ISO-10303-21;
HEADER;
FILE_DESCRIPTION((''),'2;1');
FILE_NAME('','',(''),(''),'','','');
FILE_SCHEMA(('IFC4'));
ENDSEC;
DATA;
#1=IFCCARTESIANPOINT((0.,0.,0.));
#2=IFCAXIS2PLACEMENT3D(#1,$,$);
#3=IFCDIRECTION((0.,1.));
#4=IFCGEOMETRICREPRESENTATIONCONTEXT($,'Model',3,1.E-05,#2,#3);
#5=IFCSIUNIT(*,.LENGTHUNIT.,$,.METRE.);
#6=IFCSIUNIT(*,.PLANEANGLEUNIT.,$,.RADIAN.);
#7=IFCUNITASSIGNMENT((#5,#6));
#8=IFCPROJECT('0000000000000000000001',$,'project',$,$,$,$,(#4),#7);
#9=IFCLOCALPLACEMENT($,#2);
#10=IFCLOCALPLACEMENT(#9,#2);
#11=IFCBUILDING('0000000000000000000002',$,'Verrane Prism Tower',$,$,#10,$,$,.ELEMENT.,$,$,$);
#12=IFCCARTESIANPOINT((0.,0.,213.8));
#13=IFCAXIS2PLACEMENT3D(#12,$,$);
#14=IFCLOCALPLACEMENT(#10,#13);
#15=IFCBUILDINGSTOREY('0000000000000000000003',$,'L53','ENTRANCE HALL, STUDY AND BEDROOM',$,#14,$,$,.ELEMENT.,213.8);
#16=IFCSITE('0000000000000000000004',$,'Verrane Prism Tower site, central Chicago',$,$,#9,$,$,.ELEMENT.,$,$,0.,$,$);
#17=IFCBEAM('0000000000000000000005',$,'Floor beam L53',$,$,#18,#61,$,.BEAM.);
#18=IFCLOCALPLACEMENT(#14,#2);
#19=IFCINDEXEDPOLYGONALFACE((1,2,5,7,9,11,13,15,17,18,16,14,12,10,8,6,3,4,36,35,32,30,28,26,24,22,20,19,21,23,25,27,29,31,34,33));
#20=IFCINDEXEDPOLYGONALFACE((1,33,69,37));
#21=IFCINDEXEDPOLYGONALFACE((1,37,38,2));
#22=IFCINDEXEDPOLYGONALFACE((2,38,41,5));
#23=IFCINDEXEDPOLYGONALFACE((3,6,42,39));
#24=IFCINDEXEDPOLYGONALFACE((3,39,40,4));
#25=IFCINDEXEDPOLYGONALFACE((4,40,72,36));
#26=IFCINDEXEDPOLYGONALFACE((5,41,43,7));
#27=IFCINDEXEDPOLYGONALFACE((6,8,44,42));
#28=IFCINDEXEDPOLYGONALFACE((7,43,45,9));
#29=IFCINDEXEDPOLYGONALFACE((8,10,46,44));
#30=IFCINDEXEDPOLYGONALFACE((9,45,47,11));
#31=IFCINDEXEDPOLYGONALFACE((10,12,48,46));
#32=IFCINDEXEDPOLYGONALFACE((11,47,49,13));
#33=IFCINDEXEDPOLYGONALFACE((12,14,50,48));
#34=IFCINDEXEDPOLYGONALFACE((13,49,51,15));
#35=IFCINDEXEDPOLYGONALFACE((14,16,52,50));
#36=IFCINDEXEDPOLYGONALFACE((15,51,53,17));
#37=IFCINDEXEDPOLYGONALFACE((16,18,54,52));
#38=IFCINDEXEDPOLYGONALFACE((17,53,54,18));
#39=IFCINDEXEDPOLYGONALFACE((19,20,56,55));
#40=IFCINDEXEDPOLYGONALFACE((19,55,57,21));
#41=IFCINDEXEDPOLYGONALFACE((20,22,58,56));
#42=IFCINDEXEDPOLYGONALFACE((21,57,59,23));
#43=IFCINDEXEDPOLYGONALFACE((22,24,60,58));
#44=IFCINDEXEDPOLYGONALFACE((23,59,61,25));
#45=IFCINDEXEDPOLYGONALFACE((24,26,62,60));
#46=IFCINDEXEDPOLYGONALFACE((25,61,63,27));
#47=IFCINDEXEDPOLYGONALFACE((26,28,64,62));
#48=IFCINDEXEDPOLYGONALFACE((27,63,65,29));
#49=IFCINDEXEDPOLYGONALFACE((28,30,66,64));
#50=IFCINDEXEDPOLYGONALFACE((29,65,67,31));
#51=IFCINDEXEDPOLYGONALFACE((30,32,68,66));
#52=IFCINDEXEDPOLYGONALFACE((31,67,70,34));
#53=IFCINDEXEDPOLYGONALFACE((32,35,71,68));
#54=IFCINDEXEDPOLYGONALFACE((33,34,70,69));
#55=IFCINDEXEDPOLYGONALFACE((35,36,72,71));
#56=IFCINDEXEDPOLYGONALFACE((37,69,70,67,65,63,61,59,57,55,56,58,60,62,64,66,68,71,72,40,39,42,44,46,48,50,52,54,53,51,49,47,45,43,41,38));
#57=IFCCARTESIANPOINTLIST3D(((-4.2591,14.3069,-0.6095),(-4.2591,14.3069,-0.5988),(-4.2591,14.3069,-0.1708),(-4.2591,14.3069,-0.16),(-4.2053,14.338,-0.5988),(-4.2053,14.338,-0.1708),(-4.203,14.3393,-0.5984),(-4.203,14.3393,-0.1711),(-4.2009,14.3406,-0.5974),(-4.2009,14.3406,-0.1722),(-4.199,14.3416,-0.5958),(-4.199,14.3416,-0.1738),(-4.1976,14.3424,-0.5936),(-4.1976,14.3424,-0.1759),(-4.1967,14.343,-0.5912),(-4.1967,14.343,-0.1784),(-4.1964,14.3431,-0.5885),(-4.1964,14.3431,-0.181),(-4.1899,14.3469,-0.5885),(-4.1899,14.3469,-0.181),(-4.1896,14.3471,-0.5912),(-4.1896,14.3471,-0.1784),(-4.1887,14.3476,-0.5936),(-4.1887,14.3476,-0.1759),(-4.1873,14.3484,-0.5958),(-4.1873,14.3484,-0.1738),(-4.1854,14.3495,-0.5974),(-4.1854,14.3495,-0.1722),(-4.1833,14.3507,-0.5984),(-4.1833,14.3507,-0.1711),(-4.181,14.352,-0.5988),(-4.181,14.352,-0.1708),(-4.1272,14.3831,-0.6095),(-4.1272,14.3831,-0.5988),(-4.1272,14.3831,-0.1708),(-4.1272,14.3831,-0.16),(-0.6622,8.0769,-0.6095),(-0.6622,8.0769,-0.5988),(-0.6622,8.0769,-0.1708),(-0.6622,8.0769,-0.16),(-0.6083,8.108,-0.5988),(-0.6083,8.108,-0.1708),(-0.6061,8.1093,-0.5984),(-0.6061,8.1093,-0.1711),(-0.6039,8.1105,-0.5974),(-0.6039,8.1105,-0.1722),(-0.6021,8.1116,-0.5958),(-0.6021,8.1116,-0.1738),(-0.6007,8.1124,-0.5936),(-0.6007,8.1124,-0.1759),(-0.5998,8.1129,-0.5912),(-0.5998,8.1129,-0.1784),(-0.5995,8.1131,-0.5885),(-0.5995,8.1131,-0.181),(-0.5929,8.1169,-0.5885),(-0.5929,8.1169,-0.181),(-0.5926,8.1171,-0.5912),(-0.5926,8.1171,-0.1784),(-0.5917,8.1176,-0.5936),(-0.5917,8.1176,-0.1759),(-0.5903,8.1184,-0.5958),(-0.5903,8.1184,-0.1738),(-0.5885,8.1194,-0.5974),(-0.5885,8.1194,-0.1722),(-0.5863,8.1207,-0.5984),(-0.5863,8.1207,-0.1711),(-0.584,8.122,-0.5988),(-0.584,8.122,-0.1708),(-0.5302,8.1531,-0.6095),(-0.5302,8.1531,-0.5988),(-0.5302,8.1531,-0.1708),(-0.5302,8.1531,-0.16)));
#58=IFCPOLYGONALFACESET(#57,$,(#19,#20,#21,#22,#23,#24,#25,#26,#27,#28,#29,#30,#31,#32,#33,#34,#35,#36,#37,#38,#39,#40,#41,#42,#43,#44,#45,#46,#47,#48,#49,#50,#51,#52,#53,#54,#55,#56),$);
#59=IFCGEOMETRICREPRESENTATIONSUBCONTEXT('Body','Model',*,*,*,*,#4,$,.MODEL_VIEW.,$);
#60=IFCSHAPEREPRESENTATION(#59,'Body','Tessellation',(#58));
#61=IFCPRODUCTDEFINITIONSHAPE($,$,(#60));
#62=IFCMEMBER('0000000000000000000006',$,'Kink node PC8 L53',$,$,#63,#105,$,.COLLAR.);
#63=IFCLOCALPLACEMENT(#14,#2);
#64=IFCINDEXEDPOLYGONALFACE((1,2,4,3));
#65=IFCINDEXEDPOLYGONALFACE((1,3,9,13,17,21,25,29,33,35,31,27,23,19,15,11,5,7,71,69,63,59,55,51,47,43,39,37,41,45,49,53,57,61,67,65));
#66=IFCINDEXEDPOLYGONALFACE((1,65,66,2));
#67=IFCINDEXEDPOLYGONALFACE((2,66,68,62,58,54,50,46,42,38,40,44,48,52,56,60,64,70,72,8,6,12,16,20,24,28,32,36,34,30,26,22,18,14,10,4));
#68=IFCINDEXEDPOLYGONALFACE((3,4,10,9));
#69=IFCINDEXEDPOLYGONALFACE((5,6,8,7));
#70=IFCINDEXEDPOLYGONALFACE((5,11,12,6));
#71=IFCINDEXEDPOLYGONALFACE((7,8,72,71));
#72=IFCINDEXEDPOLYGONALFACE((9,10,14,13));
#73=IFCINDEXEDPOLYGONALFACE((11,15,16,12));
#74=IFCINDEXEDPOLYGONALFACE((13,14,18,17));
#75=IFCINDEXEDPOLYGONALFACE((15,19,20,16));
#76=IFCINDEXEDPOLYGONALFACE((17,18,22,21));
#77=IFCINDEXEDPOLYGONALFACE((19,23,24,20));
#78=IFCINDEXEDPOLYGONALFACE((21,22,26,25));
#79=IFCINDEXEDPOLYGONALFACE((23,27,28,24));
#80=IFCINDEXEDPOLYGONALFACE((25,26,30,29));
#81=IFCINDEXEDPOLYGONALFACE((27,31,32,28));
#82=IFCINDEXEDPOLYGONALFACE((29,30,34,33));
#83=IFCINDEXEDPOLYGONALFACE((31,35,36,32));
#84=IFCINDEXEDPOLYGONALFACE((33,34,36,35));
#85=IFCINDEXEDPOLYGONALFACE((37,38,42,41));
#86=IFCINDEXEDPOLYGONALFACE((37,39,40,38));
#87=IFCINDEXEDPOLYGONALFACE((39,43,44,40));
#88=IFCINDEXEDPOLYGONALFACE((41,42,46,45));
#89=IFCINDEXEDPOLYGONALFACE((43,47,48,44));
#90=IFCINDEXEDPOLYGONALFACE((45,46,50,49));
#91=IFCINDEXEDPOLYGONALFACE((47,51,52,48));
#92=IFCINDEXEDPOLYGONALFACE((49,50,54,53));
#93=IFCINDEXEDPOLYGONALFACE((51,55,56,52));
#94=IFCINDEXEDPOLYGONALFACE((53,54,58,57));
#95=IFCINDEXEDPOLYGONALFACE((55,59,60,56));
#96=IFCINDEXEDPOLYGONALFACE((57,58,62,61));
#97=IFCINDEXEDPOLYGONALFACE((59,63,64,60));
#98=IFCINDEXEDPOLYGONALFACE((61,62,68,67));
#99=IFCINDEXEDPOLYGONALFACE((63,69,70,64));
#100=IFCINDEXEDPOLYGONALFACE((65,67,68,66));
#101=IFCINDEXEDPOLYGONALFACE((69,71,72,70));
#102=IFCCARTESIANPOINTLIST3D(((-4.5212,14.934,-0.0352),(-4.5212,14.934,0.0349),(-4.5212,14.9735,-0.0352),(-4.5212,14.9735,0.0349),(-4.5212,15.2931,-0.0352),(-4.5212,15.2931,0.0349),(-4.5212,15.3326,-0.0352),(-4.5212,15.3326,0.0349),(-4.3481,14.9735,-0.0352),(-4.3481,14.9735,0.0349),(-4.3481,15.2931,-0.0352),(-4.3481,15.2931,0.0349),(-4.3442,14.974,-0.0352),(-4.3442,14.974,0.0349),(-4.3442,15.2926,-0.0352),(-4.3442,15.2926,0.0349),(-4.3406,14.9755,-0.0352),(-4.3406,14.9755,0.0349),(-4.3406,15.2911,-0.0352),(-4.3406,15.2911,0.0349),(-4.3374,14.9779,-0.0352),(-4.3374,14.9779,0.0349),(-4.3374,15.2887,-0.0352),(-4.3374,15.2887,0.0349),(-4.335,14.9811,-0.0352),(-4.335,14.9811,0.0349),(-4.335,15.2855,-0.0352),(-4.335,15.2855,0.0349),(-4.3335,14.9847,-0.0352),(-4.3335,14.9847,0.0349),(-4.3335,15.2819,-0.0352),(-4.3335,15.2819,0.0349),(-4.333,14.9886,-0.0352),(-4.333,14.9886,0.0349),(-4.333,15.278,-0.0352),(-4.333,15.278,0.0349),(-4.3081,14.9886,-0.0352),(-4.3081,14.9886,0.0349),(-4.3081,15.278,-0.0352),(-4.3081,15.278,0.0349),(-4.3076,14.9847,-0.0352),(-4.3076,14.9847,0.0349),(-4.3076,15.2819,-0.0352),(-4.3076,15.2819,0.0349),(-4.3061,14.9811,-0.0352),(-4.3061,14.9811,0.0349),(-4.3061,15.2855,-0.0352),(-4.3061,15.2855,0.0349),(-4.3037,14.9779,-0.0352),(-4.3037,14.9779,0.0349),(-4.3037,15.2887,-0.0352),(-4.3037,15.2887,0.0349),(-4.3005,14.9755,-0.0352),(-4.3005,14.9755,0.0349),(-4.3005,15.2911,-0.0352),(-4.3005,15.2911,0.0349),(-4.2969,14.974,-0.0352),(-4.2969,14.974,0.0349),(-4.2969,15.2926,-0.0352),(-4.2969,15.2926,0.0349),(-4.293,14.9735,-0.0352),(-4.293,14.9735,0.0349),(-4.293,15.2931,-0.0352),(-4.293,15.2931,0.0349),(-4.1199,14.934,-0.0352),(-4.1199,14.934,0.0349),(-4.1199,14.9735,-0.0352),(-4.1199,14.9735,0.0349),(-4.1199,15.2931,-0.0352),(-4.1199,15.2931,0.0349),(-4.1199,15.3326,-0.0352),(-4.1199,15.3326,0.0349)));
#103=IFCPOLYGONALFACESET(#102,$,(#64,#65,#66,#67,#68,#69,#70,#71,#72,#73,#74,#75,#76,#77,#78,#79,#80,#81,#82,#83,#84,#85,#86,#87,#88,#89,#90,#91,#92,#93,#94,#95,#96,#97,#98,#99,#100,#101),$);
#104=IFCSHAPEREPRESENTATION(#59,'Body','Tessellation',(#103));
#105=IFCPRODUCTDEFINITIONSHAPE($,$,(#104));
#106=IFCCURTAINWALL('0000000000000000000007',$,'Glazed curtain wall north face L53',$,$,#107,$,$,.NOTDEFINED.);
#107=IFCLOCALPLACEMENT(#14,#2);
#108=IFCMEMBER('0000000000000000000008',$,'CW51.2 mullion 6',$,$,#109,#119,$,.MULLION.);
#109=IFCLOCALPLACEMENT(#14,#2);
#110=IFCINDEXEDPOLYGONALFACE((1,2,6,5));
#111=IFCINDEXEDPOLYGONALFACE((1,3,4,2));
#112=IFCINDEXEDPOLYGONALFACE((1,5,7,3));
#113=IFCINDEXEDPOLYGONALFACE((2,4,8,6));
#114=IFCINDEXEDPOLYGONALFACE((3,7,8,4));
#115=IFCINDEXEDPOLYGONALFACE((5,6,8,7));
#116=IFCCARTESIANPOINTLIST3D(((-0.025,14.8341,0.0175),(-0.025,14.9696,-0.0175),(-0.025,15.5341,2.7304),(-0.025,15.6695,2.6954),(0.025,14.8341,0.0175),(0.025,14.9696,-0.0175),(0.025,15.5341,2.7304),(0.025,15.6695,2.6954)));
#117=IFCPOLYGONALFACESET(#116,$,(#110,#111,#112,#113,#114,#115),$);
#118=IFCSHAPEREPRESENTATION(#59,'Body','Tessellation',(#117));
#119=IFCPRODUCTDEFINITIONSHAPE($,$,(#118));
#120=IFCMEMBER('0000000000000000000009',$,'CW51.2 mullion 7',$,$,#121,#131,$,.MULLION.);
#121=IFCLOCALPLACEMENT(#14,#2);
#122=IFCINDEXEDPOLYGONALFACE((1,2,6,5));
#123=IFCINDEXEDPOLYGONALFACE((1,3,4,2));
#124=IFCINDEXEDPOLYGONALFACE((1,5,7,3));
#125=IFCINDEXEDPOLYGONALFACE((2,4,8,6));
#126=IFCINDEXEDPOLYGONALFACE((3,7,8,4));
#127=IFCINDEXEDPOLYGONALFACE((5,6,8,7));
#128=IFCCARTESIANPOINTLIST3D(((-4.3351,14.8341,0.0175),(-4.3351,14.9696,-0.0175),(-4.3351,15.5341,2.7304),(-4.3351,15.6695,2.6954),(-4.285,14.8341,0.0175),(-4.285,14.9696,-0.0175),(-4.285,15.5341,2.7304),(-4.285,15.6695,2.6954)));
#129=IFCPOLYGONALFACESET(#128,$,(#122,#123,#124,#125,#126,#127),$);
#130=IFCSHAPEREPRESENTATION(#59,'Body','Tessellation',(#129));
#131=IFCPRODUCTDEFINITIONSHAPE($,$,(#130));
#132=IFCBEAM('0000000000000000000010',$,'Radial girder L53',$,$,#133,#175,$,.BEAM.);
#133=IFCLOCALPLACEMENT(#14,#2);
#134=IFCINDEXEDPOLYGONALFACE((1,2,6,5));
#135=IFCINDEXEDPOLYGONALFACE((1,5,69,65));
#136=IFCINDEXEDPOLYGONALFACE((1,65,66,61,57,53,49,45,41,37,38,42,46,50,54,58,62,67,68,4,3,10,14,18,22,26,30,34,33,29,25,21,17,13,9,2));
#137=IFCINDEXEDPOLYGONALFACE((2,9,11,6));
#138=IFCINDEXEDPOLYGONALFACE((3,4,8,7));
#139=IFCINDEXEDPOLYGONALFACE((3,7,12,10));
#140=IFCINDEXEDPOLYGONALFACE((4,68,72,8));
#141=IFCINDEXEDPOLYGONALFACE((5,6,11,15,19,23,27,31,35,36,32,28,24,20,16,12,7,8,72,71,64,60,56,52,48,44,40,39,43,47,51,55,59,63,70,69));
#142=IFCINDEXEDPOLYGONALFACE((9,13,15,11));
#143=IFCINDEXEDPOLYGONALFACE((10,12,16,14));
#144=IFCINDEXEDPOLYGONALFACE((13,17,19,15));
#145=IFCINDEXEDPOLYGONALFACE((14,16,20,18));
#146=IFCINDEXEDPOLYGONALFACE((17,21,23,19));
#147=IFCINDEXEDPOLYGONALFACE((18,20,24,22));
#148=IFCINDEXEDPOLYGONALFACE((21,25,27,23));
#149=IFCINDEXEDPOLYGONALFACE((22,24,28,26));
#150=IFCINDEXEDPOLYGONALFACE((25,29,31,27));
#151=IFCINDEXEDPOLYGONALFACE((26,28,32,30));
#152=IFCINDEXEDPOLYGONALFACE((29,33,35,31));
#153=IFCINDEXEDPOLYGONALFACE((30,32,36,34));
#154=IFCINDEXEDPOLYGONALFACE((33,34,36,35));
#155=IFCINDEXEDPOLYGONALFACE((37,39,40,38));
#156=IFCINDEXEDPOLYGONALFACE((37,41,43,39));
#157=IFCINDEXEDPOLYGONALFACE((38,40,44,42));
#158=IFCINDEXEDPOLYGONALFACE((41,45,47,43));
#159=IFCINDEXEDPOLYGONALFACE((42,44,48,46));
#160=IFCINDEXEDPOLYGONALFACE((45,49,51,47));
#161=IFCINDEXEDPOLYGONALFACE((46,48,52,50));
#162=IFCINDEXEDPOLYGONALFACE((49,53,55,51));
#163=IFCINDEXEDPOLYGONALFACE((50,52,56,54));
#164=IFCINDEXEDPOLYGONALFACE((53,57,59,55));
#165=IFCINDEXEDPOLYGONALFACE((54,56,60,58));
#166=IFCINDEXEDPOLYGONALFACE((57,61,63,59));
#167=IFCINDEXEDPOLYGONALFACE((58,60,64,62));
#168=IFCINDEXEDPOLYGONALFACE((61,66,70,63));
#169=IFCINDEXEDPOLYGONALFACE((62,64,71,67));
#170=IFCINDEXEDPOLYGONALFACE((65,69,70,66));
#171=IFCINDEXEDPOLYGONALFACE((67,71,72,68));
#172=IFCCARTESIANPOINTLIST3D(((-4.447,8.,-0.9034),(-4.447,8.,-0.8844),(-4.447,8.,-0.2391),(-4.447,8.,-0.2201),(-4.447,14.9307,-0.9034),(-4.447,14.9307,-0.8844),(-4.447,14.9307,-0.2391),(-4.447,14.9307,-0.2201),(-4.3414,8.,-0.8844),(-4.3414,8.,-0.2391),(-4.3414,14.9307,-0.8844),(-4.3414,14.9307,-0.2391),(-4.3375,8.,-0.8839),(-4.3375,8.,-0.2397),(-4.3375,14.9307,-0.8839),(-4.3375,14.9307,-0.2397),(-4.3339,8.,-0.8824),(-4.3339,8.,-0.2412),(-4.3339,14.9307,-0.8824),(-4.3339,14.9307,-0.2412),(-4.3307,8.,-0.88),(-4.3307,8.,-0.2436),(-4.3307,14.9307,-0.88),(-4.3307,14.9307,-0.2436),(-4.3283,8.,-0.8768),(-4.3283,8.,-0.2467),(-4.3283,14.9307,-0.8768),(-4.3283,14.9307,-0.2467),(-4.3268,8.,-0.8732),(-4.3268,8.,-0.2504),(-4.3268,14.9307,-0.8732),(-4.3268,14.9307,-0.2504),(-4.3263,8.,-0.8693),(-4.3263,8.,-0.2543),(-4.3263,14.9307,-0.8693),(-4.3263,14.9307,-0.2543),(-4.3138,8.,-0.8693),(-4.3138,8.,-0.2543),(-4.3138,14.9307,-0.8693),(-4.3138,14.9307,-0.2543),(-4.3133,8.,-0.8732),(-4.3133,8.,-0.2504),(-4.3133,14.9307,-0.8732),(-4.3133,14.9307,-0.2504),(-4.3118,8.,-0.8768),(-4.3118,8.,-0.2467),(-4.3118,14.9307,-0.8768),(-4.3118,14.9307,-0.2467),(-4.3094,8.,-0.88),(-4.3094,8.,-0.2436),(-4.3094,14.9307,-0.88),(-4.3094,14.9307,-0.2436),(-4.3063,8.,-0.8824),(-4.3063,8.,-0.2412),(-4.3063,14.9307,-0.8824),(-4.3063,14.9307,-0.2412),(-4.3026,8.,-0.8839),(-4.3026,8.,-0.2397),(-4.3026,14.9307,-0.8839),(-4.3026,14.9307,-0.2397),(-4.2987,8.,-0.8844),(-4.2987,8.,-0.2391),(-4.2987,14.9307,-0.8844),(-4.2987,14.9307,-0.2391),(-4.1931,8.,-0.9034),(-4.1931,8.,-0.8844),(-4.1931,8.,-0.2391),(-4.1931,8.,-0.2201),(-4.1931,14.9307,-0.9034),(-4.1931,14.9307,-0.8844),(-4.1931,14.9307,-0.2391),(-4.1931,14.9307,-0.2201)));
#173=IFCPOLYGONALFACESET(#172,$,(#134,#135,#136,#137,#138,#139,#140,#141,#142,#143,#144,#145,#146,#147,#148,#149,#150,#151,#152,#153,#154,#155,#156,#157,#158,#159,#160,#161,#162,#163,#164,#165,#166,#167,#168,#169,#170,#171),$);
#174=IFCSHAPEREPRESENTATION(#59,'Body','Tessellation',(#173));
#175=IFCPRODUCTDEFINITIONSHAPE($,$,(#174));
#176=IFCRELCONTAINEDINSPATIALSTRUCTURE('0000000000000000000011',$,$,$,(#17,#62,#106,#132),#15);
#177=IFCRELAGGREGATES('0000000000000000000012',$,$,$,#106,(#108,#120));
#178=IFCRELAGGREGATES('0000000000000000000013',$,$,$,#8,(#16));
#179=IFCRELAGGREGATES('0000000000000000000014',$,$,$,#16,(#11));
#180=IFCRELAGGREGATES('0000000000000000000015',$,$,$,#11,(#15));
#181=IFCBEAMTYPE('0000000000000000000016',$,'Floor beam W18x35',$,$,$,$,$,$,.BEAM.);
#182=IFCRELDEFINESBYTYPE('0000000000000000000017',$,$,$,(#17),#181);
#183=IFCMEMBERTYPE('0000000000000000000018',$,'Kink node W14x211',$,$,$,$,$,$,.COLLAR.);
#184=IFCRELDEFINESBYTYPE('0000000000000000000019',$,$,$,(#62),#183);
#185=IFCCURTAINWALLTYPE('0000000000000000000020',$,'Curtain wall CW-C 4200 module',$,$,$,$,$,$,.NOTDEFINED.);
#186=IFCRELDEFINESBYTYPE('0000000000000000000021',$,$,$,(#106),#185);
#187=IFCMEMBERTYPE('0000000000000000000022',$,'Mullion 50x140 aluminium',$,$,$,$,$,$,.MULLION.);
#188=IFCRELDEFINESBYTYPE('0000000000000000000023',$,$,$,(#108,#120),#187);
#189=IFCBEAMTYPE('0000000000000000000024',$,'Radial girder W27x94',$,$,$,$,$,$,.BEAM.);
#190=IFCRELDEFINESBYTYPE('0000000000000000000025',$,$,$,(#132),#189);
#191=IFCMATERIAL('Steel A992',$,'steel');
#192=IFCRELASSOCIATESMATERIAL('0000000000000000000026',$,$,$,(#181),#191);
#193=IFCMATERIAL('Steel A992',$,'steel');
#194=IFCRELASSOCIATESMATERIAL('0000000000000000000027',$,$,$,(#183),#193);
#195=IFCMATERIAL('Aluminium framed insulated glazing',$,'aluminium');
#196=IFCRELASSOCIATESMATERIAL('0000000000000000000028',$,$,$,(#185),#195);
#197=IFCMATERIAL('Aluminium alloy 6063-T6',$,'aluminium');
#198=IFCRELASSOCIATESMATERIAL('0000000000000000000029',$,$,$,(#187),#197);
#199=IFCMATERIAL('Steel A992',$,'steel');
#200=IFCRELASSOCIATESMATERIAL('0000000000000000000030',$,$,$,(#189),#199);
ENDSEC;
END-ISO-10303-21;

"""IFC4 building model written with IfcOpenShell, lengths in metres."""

from ifc_helpers import new_model, si_unit, direction, frame, origin, origin_2d, place, context, subcontext, project, spatial, rectangle, i_section, extrude, material, material_profile, profile_set, type_object, element, aggregate, save


model = new_model("IFC4")

# Units and contexts
model_context = context("Model", 3, precision=1e-05, world=origin(), true_north=direction((0.0, 1.0)))
body_context = subcontext(model_context, "Body", "Model", "MODEL_VIEW")
ifc_project = project(units=[si_unit("LENGTHUNIT", "METRE"), si_unit("PLANEANGLEUNIT", "RADIAN")], contexts=[model_context])

# Site, building, storey
site_placement = place(None, origin())
site = spatial("IfcSite", under=ifc_project, at=site_placement, Name="Verrane Prism Tower site, central Chicago", CompositionType="ELEMENT", RefElevation=0.0)
building_placement = place(site_placement, origin())
building = spatial("IfcBuilding", under=site, at=building_placement, Name="Verrane Prism Tower", CompositionType="ELEMENT")
storey_placement = place(building_placement, frame((0.0, 0.0, 213.8)))
storey = spatial("IfcBuildingStorey", under=building, at=storey_placement, Name="L53", Description="ENTRANCE HALL, STUDY AND BEDROOM", CompositionType="ELEMENT", Elevation=213.8)

# Beam
ifc_material_1 = material(Name="Steel A992", Category="steel")
ifc_material_profile_1 = material_profile(ifc_material_1, i_section(OverallWidth=0.1523, OverallDepth=0.4495, WebThickness=0.0076, FlangeThickness=0.0107, FilletRadius=0.0103, at=origin_2d()), Name="W18x35")
ifc_profile_set_1 = profile_set([ifc_material_profile_1], Name="Steel A992")
beam_type_1 = type_object("IfcBeamType", Name="Floor beam W18x35", PredefinedType="BEAM", material=ifc_profile_set_1)
beam_1_placement = place(storey_placement, frame((-0.5962, 8.115, -0.3848), z_axis=(-0.500004, 0.866023, 0.0), x_axis=(-0.866023, -0.500004, 0.0)))
element("IfcBeam", 1, at=beam_1_placement, inside=storey, type_object=beam_type_1, Name="Floor beam L53", PredefinedType="BEAM", context=body_context, shape_type="SweptSolid", body=[
    extrude(i_section(OverallWidth=0.1523, OverallDepth=0.4495, WebThickness=0.0076, FlangeThickness=0.0107, FilletRadius=0.0103, at=origin_2d()), origin(), (0.0, 0.0, 1.0), 7.1938),
])

# Member
ifc_material_2 = material(Name="Steel A992", Category="steel")
ifc_material_profile_2 = material_profile(ifc_material_2, i_section(OverallWidth=0.4014, OverallDepth=0.3987, WebThickness=0.0249, FlangeThickness=0.0396, FilletRadius=0.0151, at=origin_2d()), Name="W14x211")
ifc_profile_set_2 = profile_set([ifc_material_profile_2], Name="Steel A992")
member_type_1 = type_object("IfcMemberType", Name="Kink node W14x211", PredefinedType="COLLAR", material=ifc_profile_set_2)
member_1_placement = place(storey_placement, frame((-4.3206, 15.1333, -0.0352), z_axis=(0.0, 0.0, 1.0), x_axis=(1.0, 0.0, 0.0)))
element("IfcMember", 2, at=member_1_placement, inside=storey, type_object=member_type_1, Name="Kink node PC8 L53", PredefinedType="COLLAR", context=body_context, shape_type="SweptSolid", body=[
    extrude(i_section(OverallWidth=0.4014, OverallDepth=0.3987, WebThickness=0.0249, FlangeThickness=0.0396, FilletRadius=0.0151, at=origin_2d()), origin(), (0.0, 0.0, 1.0), 0.0701),
])

# Curtain wall, members
ifc_material_3 = material(Name="Aluminium framed insulated glazing", Category="aluminium")
curtain_wall_type = type_object("IfcCurtainWallType", Name="Curtain wall CW-C 4200 module", PredefinedType="NOTDEFINED", material=ifc_material_3)
curtain_wall_placement = place(storey_placement, origin())
curtain_wall = element("IfcCurtainWall", 3, at=curtain_wall_placement, inside=storey, type_object=curtain_wall_type, Name="Glazed curtain wall north face L53", PredefinedType="NOTDEFINED")
ifc_material_4 = material(Name="Aluminium alloy 6063-T6", Category="aluminium")
ifc_material_profile_3 = material_profile(ifc_material_4, rectangle(XDim=0.1399, YDim=0.05, at=origin_2d()), Name="Mullion 50x140 aluminium")
ifc_profile_set_3 = profile_set([ifc_material_profile_3], Name="Aluminium alloy 6063-T6")
member_type_2 = type_object("IfcMemberType", Name="Mullion 50x140 aluminium", PredefinedType="MULLION", material=ifc_profile_set_3)
member_2_placement = place(storey_placement, frame((0.0, 14.9019, 0.0), z_axis=(0.0, 0.249828, 0.96829), x_axis=(0.0, 0.96829, -0.249828)))
member_2 = element("IfcMember", 4, at=member_2_placement, type_object=member_type_2, Name="CW51.2 mullion 6", PredefinedType="MULLION", context=body_context, shape_type="SweptSolid", body=[
    extrude(rectangle(XDim=0.1399, YDim=0.05, at=origin_2d()), origin(), (0.0, 0.0, 1.0), 2.8018),
])
member_3_placement = place(storey_placement, frame((-4.3101, 14.9019, 0.0), z_axis=(0.0, 0.249828, 0.96829), x_axis=(0.0, 0.96829, -0.249828)))
member_3 = element("IfcMember", 5, at=member_3_placement, type_object=member_type_2, Name="CW51.2 mullion 7", PredefinedType="MULLION", context=body_context, shape_type="SweptSolid", body=[
    extrude(rectangle(XDim=0.1399, YDim=0.05, at=origin_2d()), origin(), (0.0, 0.0, 1.0), 2.8018),
])

# Beam
ifc_material_5 = material(Name="Steel A992", Category="steel")
ifc_material_profile_4 = material_profile(ifc_material_5, i_section(OverallWidth=0.2539, OverallDepth=0.6833, WebThickness=0.0125, FlangeThickness=0.019, FilletRadius=0.0151, at=origin_2d()), Name="W27x94")
ifc_profile_set_4 = profile_set([ifc_material_profile_4], Name="Steel A992")
beam_type_2 = type_object("IfcBeamType", Name="Radial girder W27x94", PredefinedType="BEAM", material=ifc_profile_set_4)
beam_2_placement = place(storey_placement, frame((-4.3201, 14.9307, -0.5618), z_axis=(0.0, -1.0, 0.0), x_axis=(1.0, 0.0, 0.0)))
element("IfcBeam", 6, at=beam_2_placement, inside=storey, type_object=beam_type_2, Name="Radial girder L53", PredefinedType="BEAM", context=body_context, shape_type="SweptSolid", body=[
    extrude(i_section(OverallWidth=0.2539, OverallDepth=0.6833, WebThickness=0.0125, FlangeThickness=0.019, FilletRadius=0.0151, at=origin_2d()), origin(), (0.0, 0.0, 1.0), 6.9307),
])

aggregate(curtain_wall, [member_2, member_3])

save(model, "model.ifc")
